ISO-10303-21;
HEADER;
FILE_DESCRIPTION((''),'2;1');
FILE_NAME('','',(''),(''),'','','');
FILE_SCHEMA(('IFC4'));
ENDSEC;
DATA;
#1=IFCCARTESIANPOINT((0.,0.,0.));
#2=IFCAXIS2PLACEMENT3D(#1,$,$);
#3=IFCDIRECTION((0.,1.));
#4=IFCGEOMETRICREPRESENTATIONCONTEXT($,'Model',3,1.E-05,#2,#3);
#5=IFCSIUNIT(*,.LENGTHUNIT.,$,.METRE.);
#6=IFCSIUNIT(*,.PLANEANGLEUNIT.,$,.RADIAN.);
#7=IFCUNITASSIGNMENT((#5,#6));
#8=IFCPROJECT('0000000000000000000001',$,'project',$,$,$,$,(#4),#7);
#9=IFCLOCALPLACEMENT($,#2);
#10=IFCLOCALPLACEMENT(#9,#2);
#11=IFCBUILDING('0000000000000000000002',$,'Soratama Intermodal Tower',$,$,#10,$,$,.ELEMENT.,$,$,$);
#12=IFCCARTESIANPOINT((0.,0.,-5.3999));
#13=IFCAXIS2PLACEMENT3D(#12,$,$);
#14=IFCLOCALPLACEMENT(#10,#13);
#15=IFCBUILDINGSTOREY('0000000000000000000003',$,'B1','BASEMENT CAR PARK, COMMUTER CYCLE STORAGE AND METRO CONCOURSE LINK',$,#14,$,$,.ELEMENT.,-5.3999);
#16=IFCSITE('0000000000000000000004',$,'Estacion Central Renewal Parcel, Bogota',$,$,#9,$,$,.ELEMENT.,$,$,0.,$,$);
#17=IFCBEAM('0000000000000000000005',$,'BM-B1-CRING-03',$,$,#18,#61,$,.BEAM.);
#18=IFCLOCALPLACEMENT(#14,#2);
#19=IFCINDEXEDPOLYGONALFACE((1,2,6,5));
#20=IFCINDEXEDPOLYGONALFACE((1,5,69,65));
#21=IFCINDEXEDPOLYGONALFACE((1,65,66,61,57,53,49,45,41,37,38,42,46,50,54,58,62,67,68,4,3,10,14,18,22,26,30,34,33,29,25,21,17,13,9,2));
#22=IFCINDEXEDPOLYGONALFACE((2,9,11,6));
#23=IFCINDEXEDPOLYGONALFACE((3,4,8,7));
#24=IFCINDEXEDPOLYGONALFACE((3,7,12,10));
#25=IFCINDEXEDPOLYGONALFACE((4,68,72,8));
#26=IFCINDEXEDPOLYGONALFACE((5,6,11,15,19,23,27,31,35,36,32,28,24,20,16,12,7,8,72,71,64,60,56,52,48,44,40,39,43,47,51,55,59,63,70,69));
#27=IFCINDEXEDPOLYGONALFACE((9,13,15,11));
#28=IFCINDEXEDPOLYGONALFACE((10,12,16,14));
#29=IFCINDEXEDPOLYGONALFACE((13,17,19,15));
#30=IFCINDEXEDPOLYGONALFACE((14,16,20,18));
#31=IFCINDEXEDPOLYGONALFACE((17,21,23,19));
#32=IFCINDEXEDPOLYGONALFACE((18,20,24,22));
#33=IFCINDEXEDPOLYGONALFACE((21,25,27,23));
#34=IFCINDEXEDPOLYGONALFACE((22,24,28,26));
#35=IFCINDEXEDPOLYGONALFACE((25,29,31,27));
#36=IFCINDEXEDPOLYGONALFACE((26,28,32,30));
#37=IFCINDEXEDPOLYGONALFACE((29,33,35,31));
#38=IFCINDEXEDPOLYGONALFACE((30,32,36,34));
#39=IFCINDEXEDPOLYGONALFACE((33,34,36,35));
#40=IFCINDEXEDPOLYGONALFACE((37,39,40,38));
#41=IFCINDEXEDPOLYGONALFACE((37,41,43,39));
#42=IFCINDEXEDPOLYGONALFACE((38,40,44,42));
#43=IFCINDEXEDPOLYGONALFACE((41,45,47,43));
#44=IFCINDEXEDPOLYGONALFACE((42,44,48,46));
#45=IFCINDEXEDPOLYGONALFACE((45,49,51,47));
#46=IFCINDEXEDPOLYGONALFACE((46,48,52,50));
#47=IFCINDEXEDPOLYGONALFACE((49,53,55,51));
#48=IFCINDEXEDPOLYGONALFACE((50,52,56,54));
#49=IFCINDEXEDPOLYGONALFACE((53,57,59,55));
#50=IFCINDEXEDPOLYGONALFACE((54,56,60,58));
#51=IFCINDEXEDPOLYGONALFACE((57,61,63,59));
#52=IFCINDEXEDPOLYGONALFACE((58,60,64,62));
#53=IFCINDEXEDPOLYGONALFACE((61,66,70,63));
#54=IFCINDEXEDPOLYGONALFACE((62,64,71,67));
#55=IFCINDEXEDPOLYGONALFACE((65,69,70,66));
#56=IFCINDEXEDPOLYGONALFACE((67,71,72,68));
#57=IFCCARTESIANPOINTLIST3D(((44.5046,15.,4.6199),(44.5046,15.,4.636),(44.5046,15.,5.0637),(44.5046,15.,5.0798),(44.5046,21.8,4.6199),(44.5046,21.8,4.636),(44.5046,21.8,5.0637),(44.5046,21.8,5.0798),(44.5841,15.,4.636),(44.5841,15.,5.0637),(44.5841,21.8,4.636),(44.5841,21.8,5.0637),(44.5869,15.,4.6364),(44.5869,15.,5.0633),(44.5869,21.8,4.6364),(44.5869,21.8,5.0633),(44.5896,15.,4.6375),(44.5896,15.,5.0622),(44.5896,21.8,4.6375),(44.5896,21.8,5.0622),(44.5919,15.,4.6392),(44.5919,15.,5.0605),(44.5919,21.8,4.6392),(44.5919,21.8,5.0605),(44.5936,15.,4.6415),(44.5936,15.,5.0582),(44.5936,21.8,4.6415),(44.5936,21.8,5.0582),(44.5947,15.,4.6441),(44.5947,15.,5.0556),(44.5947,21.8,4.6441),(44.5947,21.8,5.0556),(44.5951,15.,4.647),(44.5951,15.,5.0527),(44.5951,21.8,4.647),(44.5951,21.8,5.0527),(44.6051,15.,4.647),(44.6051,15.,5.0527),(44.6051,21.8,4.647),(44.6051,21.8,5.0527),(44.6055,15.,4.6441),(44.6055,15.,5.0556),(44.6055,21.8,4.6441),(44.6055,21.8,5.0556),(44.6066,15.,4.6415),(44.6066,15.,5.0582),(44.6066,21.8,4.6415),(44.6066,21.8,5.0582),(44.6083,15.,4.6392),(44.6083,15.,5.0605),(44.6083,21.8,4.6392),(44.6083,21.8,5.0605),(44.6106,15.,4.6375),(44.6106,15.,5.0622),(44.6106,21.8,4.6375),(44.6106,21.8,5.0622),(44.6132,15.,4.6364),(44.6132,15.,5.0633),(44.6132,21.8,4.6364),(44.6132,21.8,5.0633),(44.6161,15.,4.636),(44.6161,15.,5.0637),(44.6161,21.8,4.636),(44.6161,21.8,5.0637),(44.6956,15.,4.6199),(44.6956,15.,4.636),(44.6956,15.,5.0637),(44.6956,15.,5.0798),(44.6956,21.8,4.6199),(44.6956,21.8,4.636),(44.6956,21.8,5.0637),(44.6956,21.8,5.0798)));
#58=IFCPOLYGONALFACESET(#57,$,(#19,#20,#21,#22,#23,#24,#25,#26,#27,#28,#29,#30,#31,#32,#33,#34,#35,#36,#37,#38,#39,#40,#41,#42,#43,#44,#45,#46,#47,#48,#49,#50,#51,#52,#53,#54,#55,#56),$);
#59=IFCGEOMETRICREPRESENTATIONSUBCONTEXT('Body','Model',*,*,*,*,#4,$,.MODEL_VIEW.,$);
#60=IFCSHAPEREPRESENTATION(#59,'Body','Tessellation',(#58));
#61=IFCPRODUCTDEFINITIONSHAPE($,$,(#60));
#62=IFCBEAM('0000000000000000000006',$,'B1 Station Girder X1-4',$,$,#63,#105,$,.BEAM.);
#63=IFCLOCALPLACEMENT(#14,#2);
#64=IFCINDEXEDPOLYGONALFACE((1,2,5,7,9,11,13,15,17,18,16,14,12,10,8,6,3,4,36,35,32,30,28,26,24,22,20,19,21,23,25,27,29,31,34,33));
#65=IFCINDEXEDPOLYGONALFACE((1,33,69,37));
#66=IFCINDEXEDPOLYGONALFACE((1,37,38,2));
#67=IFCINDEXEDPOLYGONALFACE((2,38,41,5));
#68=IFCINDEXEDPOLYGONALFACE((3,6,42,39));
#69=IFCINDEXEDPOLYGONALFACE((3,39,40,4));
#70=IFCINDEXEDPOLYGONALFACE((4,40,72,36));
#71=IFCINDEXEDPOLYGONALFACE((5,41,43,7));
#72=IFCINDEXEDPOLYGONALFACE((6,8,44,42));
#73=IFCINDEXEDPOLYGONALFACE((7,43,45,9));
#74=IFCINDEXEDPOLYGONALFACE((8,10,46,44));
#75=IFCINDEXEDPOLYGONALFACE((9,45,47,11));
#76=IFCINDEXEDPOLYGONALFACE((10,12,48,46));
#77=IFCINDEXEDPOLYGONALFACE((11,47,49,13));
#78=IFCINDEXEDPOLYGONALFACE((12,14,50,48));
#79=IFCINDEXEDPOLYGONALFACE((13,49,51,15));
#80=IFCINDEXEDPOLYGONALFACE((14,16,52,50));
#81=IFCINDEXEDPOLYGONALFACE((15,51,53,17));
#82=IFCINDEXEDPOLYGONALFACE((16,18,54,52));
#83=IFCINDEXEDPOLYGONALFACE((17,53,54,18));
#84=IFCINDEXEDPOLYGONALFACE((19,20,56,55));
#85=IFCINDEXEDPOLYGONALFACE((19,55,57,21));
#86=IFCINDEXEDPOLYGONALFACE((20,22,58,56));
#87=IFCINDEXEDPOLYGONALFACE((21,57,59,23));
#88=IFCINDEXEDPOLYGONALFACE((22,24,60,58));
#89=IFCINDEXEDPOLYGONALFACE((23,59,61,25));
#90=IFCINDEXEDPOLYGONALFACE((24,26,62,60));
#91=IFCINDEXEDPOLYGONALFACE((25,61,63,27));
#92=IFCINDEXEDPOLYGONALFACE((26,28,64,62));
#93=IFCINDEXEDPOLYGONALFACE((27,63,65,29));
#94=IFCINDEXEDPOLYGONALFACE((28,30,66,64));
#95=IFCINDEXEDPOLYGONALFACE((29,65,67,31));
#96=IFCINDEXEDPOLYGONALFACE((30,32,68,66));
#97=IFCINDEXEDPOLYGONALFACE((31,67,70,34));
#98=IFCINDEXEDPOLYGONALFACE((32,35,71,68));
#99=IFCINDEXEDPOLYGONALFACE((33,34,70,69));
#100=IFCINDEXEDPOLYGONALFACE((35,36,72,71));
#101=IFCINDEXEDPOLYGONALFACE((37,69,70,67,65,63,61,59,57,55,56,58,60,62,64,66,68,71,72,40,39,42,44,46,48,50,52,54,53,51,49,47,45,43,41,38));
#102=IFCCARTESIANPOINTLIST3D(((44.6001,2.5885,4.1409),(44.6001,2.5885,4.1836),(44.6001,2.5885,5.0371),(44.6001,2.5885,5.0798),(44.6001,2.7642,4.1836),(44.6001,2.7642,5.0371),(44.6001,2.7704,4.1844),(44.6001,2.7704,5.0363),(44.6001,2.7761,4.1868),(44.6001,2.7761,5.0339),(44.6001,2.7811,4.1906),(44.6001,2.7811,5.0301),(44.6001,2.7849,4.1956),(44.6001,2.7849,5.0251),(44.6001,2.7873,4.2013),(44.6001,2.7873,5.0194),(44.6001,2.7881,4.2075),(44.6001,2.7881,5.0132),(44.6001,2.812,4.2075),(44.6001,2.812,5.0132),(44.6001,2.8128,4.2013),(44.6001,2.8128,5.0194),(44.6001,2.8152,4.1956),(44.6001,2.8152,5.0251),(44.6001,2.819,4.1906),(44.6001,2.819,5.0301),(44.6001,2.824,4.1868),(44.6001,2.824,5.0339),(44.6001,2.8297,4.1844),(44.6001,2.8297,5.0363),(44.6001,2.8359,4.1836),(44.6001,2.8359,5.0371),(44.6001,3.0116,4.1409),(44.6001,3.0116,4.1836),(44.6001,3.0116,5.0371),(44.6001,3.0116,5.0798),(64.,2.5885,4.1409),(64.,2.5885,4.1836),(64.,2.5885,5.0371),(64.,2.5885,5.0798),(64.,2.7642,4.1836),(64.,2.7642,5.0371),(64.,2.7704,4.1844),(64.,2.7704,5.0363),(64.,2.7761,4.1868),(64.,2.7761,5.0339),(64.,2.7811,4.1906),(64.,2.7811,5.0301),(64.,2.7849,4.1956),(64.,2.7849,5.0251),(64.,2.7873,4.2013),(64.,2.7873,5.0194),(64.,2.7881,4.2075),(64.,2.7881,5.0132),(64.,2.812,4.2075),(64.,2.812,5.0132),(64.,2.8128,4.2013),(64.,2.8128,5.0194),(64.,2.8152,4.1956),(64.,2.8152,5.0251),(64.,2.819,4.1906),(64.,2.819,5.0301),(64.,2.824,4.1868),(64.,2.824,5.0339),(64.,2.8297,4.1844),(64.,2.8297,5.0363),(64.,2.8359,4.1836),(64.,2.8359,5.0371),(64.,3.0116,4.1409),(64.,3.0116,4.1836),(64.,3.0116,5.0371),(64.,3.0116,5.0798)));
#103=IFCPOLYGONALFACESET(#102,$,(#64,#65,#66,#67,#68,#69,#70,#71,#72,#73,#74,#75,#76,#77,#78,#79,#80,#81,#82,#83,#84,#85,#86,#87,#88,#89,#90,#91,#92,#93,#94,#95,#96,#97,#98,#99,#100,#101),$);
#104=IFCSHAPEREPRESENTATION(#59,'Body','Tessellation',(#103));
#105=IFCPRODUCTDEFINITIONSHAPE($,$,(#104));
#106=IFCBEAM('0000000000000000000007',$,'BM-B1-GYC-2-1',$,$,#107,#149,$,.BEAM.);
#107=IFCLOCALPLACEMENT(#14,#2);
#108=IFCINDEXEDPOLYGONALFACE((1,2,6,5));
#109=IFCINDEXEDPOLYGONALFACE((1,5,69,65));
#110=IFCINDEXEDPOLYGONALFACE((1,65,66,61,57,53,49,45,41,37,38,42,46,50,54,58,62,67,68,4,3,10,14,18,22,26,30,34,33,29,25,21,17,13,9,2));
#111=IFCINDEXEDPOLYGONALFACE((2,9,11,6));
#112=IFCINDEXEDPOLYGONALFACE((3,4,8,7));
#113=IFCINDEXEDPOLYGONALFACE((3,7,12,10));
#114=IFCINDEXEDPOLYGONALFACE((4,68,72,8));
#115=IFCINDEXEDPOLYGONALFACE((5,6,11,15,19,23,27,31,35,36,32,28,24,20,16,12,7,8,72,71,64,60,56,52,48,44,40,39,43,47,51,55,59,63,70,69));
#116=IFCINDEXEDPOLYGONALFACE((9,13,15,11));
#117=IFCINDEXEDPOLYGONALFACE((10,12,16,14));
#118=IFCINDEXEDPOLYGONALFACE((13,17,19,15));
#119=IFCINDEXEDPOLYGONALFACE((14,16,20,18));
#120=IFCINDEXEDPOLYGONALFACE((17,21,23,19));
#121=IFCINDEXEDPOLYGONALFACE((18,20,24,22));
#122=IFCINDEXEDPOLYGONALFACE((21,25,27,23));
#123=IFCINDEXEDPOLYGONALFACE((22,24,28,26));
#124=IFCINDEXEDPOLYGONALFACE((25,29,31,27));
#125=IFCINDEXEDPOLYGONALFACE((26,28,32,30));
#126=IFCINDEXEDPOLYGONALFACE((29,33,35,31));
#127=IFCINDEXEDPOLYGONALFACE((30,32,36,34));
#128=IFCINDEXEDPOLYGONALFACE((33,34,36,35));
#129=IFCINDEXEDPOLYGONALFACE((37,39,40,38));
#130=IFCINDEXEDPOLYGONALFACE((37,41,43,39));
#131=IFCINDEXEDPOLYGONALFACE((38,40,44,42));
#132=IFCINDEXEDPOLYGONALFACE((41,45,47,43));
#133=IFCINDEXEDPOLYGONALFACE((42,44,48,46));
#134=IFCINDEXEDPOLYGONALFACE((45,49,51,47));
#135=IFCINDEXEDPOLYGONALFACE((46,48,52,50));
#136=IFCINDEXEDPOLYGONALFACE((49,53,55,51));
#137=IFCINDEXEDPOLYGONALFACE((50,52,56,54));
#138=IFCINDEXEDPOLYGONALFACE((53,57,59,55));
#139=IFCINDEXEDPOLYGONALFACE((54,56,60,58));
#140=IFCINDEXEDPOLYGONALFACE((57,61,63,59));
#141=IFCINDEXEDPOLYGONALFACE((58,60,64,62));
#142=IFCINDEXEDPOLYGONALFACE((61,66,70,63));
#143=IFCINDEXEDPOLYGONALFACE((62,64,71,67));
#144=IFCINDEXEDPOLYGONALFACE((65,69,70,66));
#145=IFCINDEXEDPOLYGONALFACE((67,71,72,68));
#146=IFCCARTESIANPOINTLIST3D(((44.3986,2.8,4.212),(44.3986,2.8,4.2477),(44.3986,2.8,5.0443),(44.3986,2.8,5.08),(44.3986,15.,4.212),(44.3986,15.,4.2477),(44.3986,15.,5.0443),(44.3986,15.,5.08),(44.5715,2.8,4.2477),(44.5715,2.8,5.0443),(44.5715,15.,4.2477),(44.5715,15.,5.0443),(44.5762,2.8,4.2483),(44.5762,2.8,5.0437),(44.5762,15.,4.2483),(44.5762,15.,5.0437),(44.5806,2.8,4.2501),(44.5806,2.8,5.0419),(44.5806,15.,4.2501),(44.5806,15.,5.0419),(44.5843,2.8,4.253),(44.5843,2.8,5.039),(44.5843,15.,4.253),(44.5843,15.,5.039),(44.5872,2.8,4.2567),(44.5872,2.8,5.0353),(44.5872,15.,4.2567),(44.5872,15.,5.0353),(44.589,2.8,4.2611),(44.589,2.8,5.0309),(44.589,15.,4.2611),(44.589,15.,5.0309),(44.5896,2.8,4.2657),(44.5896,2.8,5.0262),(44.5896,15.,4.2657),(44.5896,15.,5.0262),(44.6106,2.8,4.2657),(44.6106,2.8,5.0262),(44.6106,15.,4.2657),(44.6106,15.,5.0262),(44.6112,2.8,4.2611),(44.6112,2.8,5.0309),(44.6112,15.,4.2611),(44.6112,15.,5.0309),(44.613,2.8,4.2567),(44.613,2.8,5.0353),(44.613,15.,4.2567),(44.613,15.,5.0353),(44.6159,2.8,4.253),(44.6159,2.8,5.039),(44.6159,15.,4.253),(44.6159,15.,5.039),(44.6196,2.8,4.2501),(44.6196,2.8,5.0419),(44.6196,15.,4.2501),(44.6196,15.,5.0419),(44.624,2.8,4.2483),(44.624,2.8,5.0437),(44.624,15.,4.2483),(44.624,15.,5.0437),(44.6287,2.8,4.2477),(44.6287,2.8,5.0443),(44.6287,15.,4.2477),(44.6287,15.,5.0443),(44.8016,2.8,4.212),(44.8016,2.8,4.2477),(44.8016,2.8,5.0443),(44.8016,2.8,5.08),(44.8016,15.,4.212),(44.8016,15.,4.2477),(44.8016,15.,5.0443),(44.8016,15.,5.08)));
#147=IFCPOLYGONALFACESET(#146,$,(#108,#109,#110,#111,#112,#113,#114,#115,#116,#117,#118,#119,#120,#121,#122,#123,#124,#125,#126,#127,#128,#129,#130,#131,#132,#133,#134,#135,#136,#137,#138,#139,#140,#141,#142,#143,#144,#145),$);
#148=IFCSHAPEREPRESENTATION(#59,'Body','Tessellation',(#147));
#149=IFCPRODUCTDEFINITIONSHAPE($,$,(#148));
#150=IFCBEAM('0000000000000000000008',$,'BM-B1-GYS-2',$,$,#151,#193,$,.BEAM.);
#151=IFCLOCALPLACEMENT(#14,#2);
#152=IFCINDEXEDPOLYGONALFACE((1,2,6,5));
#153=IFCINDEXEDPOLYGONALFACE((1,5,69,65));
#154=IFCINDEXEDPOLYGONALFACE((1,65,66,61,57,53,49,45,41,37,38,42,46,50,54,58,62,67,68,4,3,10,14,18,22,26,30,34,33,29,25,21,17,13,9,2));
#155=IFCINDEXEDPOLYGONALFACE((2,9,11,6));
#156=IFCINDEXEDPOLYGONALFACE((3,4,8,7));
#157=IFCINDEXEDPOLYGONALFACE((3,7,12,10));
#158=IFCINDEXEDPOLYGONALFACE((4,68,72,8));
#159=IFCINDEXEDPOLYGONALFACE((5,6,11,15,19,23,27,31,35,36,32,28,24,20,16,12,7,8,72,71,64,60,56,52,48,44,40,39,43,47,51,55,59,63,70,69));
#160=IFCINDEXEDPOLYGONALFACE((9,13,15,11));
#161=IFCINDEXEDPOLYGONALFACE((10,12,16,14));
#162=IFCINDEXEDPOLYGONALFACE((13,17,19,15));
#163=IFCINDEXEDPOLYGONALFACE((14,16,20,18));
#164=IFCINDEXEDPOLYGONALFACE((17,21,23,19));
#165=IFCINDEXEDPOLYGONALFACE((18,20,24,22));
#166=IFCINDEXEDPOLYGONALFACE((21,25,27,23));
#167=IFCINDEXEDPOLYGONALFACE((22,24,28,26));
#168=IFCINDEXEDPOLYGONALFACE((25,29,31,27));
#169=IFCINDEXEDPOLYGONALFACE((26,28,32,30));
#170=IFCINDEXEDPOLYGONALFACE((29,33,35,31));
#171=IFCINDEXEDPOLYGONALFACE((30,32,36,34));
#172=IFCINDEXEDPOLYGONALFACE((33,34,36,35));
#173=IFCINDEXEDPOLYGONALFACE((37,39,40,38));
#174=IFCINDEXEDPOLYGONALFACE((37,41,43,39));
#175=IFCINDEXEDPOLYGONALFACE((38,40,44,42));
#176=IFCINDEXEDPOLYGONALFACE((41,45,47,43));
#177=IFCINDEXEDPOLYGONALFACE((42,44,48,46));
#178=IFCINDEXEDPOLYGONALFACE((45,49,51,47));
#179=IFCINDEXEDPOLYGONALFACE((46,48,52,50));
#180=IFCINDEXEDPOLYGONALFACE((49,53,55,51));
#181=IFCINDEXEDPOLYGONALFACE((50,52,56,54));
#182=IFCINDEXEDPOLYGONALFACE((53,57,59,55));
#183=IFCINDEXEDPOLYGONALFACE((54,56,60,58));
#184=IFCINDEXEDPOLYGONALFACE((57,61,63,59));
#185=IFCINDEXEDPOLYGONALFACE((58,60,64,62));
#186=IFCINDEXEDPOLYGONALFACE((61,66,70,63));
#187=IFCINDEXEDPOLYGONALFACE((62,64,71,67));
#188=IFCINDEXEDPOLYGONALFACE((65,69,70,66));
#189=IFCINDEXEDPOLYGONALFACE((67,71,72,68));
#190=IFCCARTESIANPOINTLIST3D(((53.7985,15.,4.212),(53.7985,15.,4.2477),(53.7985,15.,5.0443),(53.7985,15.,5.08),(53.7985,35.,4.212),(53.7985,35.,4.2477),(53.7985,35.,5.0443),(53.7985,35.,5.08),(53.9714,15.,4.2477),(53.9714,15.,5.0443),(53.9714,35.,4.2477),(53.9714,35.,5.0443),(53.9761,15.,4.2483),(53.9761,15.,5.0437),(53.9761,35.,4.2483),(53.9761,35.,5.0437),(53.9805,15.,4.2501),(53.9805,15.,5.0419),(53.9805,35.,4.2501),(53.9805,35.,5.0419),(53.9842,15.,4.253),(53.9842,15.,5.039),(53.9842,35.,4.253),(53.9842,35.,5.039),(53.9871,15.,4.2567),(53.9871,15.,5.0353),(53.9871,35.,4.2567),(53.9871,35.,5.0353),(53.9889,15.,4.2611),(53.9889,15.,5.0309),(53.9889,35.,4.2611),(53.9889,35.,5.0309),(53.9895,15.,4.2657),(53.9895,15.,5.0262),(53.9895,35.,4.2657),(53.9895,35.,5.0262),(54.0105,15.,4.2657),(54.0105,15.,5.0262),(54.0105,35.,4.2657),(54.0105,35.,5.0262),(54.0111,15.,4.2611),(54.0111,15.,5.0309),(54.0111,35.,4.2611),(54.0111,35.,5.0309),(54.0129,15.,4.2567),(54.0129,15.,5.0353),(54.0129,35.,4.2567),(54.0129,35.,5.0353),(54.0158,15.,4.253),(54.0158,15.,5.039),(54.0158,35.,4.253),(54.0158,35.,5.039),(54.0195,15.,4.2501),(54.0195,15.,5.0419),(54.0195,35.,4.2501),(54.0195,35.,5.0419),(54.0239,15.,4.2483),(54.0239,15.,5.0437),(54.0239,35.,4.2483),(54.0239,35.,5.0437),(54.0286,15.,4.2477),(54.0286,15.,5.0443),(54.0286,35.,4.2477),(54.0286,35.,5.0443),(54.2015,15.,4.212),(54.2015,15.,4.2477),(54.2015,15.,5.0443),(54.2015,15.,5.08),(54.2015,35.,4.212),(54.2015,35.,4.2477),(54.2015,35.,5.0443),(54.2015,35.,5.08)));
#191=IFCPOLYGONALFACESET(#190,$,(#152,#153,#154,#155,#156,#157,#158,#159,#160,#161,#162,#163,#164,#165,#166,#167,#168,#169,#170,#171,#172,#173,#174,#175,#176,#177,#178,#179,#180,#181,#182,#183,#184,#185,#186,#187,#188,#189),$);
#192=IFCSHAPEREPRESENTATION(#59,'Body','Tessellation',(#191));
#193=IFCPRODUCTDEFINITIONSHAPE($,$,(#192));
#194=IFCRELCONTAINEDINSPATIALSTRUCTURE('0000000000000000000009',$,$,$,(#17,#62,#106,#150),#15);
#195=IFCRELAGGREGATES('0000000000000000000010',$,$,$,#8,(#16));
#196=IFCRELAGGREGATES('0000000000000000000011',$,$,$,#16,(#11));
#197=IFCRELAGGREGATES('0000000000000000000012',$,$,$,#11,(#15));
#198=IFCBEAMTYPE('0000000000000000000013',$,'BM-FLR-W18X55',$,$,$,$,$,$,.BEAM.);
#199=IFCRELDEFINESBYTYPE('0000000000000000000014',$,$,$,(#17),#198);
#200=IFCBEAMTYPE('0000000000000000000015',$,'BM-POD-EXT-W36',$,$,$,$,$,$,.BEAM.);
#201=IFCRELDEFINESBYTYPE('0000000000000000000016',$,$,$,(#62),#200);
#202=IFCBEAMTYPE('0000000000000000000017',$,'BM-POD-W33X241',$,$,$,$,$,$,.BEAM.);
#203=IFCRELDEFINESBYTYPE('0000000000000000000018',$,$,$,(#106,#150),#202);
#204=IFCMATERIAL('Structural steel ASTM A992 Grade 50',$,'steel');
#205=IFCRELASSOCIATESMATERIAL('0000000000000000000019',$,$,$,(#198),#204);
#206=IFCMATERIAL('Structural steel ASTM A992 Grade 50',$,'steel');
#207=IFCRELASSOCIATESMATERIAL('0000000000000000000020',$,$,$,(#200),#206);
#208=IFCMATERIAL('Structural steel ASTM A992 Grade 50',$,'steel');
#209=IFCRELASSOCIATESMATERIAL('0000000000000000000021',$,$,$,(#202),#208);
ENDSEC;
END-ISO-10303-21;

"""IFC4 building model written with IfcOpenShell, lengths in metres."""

from ifc_helpers import new_model, si_unit, direction, frame, origin, origin_2d, place, context, subcontext, project, spatial, i_section, extrude, material, material_profile, profile_set, type_object, element, save


model = new_model("IFC4")

# Units and contexts
model_context = context("Model", 3, precision=1e-05, world=origin(), true_north=direction((0.0, 1.0)))
body_context = subcontext(model_context, "Body", "Model", "MODEL_VIEW")
ifc_project = project(units=[si_unit("LENGTHUNIT", "METRE"), si_unit("PLANEANGLEUNIT", "RADIAN")], contexts=[model_context])

# Site, building, storey
site_placement = place(None, origin())
site = spatial("IfcSite", under=ifc_project, at=site_placement, Name="Estacion Central Renewal Parcel, Bogota", CompositionType="ELEMENT", RefElevation=0.0)
building_placement = place(site_placement, origin())
building = spatial("IfcBuilding", under=site, at=building_placement, Name="Soratama Intermodal Tower", CompositionType="ELEMENT")
storey_placement = place(building_placement, frame((0.0, 0.0, -5.3999)))
storey = spatial("IfcBuildingStorey", under=building, at=storey_placement, Name="B1", Description="BASEMENT CAR PARK, COMMUTER CYCLE STORAGE AND METRO CONCOURSE LINK", CompositionType="ELEMENT", Elevation=-5.3999)

# Beams
ifc_material_1 = material(Name="Structural steel ASTM A992 Grade 50", Category="steel")
ifc_material_profile_1 = material_profile(ifc_material_1, i_section(OverallWidth=0.1909, OverallDepth=0.46, WebThickness=0.01, FlangeThickness=0.0161, FilletRadius=0.011, at=origin_2d()), Name="W18X55")
ifc_profile_set_1 = profile_set([ifc_material_profile_1], Name="Structural steel ASTM A992 Grade 50")
beam_type_1 = type_object("IfcBeamType", Name="BM-FLR-W18X55", PredefinedType="BEAM", material=ifc_profile_set_1)
beam_1_placement = place(storey_placement, frame((44.6001, 15.0, 4.8499), z_axis=(0.0, 1.0, 0.0), x_axis=(-1.0, 0.0, 0.0)))
element("IfcBeam", 1, at=beam_1_placement, inside=storey, type_object=beam_type_1, Name="BM-B1-CRING-03", PredefinedType="BEAM", context=body_context, shape_type="SweptSolid", body=[
    extrude(i_section(OverallWidth=0.1909, OverallDepth=0.46, WebThickness=0.01, FlangeThickness=0.0161, FilletRadius=0.011, at=origin_2d()), origin(), (0.0, 0.0, 1.0), 6.8),
])
ifc_material_2 = material(Name="Structural steel ASTM A992 Grade 50", Category="steel")
ifc_material_profile_2 = material_profile(ifc_material_2, i_section(OverallWidth=0.4231, OverallDepth=0.939, WebThickness=0.0239, FlangeThickness=0.0427, FilletRadius=0.0239, at=origin_2d()), Name="W36X302")
ifc_profile_set_2 = profile_set([ifc_material_profile_2], Name="Structural steel ASTM A992 Grade 50")
beam_type_2 = type_object("IfcBeamType", Name="BM-POD-EXT-W36", PredefinedType="BEAM", material=ifc_profile_set_2)
beam_2_placement = place(storey_placement, frame((44.6001, 2.8, 4.6104), z_axis=(1.0, 0.0, 0.0), x_axis=(0.0, 1.0, 0.0)))
element("IfcBeam", 2, at=beam_2_placement, inside=storey, type_object=beam_type_2, Name="B1 Station Girder X1-4", PredefinedType="BEAM", context=body_context, shape_type="SweptSolid", body=[
    extrude(i_section(OverallWidth=0.4231, OverallDepth=0.939, WebThickness=0.0239, FlangeThickness=0.0427, FilletRadius=0.0239, at=origin_2d()), origin(), (0.0, 0.0, 1.0), 19.3999),
])
ifc_material_3 = material(Name="Structural steel ASTM A992 Grade 50", Category="steel")
ifc_material_profile_3 = material_profile(ifc_material_3, i_section(OverallWidth=0.4031, OverallDepth=0.8679, WebThickness=0.021, FlangeThickness=0.0356, FilletRadius=0.0181, at=origin_2d()), Name="W33X241")
ifc_profile_set_3 = profile_set([ifc_material_profile_3], Name="Structural steel ASTM A992 Grade 50")
beam_type_3 = type_object("IfcBeamType", Name="BM-POD-W33X241", PredefinedType="BEAM", material=ifc_profile_set_3)
beam_3_placement = place(storey_placement, frame((44.6001, 2.8, 4.646), z_axis=(0.0, 1.0, 0.0), x_axis=(-1.0, 0.0, 0.0)))
element("IfcBeam", 3, at=beam_3_placement, inside=storey, type_object=beam_type_3, Name="BM-B1-GYC-2-1", PredefinedType="BEAM", context=body_context, shape_type="SweptSolid", body=[
    extrude(i_section(OverallWidth=0.4031, OverallDepth=0.8679, WebThickness=0.021, FlangeThickness=0.0356, FilletRadius=0.0181, at=origin_2d()), origin(), (0.0, 0.0, 1.0), 12.2),
])
beam_4_placement = place(storey_placement, frame((54.0, 15.0, 4.646), z_axis=(0.0, 1.0, 0.0), x_axis=(-1.0, 0.0, 0.0)))
element("IfcBeam", 4, at=beam_4_placement, inside=storey, type_object=beam_type_3, Name="BM-B1-GYS-2", PredefinedType="BEAM", context=body_context, shape_type="SweptSolid", body=[
    extrude(i_section(OverallWidth=0.4031, OverallDepth=0.8679, WebThickness=0.021, FlangeThickness=0.0356, FilletRadius=0.0181, at=origin_2d()), origin(), (0.0, 0.0, 1.0), 20.0),
])

save(model, "model.ifc")
